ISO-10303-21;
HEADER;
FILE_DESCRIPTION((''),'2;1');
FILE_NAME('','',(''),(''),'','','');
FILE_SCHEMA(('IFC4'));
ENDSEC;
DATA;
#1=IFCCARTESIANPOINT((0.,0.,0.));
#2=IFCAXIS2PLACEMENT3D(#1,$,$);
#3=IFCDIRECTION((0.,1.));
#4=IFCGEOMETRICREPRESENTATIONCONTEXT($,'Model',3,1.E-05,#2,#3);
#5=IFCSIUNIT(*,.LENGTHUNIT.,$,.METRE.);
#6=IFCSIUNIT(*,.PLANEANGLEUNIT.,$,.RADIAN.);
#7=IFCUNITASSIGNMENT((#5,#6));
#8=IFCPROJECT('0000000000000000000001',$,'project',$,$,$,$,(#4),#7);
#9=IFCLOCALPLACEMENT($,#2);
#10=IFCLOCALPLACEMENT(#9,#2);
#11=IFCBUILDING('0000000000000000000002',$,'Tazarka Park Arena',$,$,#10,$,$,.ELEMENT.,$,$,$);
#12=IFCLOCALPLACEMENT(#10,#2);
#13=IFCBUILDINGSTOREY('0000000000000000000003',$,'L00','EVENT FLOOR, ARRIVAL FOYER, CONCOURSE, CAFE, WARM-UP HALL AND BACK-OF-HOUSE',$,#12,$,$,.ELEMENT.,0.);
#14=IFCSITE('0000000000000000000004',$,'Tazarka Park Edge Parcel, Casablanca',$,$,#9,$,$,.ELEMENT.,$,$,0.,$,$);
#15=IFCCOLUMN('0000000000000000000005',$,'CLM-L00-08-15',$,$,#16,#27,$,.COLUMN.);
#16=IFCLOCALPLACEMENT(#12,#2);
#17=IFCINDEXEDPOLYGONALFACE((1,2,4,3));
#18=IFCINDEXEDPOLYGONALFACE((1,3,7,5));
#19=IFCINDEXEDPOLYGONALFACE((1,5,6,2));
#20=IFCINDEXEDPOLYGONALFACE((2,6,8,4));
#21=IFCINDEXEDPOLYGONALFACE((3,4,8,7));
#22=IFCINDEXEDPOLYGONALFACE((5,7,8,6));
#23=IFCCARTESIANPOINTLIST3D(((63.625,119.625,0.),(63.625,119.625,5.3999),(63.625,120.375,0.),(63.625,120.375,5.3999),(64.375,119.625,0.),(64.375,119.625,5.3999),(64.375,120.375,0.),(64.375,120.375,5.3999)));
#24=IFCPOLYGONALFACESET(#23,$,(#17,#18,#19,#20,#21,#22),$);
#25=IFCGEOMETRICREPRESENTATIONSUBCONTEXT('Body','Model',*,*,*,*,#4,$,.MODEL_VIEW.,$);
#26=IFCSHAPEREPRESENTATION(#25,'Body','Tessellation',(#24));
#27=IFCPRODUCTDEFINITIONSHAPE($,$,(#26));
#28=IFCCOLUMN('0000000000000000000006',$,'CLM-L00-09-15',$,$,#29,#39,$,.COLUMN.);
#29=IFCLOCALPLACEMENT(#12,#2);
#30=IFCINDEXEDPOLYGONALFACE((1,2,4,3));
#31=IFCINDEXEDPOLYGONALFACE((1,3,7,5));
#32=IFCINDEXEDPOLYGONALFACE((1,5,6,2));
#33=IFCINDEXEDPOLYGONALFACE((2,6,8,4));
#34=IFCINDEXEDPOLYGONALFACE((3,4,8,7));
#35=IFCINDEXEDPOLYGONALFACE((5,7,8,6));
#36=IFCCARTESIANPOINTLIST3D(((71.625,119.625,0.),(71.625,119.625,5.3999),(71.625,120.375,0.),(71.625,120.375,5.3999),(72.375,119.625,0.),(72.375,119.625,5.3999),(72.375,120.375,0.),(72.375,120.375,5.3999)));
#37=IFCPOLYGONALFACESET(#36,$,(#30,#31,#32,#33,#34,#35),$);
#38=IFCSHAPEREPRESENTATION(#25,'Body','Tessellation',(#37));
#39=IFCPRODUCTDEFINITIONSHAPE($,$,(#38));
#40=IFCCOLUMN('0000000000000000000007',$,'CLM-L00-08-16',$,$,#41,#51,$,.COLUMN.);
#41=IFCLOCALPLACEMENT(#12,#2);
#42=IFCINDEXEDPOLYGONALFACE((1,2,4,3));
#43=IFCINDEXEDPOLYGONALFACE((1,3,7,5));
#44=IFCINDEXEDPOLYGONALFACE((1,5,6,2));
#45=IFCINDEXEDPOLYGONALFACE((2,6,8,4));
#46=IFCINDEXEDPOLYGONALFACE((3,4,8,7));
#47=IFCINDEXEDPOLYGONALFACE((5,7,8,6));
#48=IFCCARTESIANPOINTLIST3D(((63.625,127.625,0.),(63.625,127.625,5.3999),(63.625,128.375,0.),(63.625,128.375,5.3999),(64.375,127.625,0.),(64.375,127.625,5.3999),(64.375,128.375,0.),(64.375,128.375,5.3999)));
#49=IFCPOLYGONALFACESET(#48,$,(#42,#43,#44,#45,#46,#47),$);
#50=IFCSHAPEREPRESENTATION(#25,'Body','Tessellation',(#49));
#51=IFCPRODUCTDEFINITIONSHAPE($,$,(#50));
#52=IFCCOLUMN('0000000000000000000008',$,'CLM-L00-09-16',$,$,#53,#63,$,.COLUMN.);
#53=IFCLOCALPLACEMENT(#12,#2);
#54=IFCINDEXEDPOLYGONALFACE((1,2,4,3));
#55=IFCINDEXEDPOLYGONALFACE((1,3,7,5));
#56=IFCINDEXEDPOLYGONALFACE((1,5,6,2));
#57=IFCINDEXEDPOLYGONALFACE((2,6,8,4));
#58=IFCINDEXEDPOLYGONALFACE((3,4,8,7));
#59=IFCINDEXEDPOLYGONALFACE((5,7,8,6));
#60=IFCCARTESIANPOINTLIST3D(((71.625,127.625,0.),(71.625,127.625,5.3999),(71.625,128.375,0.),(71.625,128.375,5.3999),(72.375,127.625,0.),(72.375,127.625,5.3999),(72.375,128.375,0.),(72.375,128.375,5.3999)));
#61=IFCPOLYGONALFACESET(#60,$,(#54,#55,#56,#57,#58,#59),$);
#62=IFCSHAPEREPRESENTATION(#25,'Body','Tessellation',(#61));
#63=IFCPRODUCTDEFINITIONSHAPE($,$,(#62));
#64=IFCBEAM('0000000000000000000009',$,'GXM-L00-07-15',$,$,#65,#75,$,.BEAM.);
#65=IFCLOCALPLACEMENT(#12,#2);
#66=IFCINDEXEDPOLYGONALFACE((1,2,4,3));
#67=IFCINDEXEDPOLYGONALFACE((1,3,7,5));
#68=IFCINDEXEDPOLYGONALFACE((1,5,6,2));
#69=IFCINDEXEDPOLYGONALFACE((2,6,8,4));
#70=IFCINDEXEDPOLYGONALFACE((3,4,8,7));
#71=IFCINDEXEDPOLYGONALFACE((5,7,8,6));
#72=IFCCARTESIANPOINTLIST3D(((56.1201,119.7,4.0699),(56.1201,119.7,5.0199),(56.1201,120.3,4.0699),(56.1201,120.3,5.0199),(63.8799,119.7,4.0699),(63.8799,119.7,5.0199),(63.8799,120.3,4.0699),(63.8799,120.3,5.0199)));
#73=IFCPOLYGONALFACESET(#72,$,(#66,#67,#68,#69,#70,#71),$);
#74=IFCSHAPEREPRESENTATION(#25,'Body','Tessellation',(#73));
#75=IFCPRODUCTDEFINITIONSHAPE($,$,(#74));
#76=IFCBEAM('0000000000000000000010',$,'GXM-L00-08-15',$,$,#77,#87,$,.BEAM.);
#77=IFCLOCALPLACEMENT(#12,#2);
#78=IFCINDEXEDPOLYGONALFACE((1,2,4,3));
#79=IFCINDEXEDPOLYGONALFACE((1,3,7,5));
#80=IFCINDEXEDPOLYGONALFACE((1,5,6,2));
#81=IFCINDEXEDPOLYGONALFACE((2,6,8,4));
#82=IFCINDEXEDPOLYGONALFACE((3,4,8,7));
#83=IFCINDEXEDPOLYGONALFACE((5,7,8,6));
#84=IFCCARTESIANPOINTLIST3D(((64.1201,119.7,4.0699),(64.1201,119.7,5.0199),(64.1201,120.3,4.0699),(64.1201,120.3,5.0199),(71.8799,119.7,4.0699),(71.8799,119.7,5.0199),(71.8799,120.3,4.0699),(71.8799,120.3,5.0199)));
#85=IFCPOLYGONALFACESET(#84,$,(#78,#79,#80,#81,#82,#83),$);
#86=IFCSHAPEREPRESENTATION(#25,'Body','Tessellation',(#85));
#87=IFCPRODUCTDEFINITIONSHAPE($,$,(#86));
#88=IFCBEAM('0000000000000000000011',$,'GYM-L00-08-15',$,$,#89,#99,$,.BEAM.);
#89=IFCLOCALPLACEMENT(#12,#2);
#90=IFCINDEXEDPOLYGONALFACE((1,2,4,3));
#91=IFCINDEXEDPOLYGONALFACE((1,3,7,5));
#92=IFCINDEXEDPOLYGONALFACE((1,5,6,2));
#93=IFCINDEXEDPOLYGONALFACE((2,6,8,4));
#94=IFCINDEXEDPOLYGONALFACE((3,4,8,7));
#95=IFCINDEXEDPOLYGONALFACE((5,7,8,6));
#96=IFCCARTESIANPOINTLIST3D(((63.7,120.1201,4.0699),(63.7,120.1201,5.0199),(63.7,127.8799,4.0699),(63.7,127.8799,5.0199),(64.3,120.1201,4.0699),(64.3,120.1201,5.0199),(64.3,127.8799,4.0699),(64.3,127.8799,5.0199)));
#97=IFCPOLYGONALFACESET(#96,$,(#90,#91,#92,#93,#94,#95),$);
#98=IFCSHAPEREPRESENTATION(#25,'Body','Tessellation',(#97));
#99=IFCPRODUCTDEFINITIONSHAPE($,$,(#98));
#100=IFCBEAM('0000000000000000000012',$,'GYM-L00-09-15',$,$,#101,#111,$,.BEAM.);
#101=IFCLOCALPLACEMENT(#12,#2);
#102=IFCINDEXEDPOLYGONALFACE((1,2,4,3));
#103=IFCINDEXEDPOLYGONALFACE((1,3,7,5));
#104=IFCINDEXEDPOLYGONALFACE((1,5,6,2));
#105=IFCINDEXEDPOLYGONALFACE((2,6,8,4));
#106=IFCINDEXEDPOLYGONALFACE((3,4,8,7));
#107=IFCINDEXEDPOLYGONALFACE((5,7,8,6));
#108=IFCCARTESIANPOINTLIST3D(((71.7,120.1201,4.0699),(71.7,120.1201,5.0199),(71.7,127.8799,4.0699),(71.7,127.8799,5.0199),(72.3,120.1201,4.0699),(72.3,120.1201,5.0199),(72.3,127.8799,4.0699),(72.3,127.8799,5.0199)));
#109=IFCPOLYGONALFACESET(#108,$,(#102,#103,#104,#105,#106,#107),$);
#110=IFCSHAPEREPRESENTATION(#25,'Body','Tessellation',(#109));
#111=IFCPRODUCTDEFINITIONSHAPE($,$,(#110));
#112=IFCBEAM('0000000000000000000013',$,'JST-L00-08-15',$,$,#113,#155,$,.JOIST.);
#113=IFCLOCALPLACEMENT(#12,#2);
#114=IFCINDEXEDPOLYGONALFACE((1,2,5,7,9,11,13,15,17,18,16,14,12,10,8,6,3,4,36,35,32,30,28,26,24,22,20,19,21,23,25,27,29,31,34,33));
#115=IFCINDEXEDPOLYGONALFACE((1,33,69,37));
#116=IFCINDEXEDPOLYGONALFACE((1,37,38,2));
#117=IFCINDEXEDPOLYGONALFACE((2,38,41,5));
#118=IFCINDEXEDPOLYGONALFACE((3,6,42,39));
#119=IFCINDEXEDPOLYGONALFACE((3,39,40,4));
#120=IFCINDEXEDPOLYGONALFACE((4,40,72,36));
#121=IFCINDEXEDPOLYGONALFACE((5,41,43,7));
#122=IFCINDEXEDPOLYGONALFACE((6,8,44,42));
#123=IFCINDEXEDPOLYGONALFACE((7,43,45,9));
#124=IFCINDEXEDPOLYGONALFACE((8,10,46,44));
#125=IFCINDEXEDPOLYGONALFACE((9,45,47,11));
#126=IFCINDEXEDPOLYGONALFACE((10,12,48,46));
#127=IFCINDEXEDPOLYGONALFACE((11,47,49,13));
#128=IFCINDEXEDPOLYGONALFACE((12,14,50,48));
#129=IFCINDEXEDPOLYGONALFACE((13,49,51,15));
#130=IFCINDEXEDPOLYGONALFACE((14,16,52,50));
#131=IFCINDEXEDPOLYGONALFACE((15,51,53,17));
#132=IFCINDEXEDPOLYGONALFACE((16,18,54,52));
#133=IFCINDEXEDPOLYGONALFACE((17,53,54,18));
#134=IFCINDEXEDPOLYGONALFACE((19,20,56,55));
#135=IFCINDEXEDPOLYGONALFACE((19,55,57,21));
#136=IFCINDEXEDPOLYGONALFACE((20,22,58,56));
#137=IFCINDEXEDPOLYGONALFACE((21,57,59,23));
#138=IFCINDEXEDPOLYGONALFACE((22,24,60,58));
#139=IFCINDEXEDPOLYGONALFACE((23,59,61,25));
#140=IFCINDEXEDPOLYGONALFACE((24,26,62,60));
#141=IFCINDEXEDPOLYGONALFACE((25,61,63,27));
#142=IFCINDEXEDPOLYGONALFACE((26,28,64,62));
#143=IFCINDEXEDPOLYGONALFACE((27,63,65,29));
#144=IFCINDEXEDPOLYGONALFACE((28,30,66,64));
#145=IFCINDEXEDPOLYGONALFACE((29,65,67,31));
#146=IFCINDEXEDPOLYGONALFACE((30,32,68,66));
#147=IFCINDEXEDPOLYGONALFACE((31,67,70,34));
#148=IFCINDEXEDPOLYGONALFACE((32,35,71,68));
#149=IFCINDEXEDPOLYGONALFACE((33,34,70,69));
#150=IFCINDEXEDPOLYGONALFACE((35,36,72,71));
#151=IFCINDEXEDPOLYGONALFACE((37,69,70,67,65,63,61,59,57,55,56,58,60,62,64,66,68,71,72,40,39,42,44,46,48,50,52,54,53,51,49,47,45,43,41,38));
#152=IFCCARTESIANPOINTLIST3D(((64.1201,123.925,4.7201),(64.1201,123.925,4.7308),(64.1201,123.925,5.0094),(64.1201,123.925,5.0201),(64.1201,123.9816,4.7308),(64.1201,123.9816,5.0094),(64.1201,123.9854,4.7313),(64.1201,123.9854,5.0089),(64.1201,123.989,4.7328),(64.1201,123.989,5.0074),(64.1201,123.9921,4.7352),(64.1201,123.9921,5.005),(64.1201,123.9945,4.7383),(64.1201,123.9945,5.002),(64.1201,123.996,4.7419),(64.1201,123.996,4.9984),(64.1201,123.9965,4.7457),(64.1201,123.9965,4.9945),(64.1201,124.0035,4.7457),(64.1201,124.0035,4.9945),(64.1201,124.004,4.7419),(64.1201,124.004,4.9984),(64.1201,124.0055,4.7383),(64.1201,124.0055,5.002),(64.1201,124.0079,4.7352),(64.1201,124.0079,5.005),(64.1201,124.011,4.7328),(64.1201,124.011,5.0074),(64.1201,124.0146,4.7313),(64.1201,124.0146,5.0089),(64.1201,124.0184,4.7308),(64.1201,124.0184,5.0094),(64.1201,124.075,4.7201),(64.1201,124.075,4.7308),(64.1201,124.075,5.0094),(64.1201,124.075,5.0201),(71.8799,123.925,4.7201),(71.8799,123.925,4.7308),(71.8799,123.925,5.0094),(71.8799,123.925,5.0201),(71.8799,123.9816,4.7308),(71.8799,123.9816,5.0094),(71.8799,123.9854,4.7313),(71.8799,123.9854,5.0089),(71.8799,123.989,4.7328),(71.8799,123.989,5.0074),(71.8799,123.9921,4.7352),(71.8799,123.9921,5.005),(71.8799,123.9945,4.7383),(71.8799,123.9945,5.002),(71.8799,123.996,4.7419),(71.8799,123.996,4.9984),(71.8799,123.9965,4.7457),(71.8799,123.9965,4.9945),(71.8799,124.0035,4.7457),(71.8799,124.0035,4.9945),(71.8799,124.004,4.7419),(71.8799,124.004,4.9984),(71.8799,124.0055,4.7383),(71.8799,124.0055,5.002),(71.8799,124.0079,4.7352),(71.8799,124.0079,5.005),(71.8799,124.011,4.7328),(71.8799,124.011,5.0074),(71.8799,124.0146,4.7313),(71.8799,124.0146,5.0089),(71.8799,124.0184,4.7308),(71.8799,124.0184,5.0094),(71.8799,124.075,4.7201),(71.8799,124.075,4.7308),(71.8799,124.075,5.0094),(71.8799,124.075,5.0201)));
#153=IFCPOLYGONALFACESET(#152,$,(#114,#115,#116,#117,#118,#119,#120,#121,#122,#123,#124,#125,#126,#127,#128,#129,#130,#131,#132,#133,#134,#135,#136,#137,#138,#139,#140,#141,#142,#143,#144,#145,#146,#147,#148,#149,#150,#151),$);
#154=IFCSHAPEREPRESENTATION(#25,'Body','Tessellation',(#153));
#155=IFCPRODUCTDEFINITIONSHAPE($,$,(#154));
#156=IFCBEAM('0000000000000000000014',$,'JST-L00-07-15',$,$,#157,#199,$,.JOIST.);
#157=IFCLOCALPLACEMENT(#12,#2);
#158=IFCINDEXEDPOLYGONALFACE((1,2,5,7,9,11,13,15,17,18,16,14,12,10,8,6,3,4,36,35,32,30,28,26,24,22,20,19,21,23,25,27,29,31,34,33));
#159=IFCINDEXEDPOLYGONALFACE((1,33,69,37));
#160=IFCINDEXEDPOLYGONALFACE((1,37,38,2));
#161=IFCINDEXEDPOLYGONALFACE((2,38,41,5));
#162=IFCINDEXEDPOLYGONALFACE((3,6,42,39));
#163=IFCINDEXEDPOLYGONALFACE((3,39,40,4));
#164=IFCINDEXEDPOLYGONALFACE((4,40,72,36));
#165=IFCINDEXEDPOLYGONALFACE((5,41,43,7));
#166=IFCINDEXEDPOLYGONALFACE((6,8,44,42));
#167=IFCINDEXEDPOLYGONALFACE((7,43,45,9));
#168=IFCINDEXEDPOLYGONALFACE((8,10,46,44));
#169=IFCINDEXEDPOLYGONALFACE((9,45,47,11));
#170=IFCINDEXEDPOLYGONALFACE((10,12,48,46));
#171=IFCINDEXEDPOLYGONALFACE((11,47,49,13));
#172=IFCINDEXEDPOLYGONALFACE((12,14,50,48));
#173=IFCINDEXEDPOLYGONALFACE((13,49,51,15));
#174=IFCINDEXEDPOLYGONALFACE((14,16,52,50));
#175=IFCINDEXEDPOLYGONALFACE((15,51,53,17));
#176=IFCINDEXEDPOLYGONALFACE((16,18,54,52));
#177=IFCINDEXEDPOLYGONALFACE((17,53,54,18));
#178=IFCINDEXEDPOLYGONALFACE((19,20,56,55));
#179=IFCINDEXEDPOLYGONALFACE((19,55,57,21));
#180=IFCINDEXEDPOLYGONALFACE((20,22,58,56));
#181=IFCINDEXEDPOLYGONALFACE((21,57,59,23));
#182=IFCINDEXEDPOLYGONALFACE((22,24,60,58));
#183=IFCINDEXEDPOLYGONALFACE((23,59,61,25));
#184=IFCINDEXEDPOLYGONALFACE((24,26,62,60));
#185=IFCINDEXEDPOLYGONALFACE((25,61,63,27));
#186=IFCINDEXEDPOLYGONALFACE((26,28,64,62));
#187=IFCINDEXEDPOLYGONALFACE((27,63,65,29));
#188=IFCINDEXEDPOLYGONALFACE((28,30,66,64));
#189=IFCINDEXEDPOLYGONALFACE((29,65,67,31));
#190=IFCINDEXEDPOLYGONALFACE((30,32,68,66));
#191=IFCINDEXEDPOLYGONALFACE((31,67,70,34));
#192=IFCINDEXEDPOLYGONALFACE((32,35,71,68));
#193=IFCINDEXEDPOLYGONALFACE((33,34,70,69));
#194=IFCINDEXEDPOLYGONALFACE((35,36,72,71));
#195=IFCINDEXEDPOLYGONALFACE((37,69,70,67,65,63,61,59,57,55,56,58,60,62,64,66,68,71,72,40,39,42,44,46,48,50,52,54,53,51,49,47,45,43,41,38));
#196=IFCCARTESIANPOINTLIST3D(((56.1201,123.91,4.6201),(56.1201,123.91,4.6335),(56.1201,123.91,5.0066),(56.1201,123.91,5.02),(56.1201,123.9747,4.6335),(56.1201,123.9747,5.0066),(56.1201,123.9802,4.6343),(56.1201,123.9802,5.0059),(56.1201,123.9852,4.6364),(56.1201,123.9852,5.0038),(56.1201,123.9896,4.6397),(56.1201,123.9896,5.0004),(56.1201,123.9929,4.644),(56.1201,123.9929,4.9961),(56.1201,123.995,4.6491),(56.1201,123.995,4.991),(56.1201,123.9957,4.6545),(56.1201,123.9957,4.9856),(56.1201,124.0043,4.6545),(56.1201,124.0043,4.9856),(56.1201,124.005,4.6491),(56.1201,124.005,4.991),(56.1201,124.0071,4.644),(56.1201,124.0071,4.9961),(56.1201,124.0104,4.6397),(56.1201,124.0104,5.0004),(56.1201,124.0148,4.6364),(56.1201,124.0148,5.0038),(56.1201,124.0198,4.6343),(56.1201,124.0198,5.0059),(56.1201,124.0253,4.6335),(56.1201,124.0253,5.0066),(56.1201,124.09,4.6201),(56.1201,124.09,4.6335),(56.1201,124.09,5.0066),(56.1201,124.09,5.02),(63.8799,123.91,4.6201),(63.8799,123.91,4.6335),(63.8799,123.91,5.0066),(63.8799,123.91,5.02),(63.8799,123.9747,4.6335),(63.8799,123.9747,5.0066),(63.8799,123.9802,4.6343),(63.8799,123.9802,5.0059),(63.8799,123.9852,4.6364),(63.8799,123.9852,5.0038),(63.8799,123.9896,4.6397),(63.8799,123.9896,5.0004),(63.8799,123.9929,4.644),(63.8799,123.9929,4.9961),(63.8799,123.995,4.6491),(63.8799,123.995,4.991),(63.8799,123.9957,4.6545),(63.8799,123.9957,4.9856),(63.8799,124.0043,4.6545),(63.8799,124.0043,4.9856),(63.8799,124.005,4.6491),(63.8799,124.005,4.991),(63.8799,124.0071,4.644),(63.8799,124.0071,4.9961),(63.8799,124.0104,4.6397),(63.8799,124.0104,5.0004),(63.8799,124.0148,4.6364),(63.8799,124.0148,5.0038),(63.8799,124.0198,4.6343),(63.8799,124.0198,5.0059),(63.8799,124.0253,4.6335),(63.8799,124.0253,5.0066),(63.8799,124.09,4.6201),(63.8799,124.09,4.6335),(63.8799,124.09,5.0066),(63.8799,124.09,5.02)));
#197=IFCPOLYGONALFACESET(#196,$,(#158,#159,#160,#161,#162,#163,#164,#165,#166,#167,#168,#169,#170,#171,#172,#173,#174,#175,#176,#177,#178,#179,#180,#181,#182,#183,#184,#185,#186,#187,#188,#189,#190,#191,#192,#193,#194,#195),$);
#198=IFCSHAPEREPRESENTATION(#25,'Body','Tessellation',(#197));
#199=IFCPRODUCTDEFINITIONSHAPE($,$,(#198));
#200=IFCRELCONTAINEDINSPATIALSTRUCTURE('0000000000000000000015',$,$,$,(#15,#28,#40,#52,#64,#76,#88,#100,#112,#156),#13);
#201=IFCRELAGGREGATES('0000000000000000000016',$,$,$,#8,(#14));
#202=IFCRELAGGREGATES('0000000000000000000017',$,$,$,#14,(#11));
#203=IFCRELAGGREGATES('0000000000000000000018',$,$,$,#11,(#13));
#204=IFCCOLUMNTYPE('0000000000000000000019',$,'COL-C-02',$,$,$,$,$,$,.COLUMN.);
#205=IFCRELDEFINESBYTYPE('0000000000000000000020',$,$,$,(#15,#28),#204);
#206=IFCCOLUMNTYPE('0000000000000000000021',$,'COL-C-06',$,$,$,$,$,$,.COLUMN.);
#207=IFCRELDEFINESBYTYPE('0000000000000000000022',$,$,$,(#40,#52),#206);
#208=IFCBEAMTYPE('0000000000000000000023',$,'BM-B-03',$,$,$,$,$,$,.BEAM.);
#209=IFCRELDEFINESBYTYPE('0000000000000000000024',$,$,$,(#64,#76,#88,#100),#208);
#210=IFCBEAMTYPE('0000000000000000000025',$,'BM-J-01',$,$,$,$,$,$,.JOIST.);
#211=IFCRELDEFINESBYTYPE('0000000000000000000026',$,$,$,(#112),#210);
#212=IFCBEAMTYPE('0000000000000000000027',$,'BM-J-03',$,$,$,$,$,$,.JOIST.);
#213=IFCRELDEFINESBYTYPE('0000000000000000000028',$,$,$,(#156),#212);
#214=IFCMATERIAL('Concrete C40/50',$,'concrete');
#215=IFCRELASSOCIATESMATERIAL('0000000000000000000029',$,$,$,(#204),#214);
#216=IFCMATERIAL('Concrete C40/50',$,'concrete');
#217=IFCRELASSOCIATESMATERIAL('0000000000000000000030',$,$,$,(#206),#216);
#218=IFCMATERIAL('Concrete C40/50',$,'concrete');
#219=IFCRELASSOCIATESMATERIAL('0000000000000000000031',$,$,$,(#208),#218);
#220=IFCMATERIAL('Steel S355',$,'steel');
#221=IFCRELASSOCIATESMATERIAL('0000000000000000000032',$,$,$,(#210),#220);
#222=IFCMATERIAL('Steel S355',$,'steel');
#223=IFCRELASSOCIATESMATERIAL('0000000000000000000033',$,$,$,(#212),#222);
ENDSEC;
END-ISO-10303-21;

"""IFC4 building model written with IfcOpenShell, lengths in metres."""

from ifc_helpers import new_model, si_unit, direction, frame, origin, origin_2d, place, context, subcontext, project, spatial, rectangle, i_section, extrude, material, material_profile, profile_set, type_object, element, save


model = new_model("IFC4")

# Units and contexts
model_context = context("Model", 3, precision=1e-05, world=origin(), true_north=direction((0.0, 1.0)))
body_context = subcontext(model_context, "Body", "Model", "MODEL_VIEW")
ifc_project = project(units=[si_unit("LENGTHUNIT", "METRE"), si_unit("PLANEANGLEUNIT", "RADIAN")], contexts=[model_context])

# Site, building, storey
site_placement = place(None, origin())
site = spatial("IfcSite", under=ifc_project, at=site_placement, Name="Tazarka Park Edge Parcel, Casablanca", CompositionType="ELEMENT", RefElevation=0.0)
building_placement = place(site_placement, origin())
building = spatial("IfcBuilding", under=site, at=building_placement, Name="Tazarka Park Arena", CompositionType="ELEMENT")
storey_placement = place(building_placement, origin())
storey = spatial("IfcBuildingStorey", under=building, at=storey_placement, Name="L00", Description="EVENT FLOOR, ARRIVAL FOYER, CONCOURSE, CAFE, WARM-UP HALL AND BACK-OF-HOUSE", CompositionType="ELEMENT", Elevation=0.0)

# Columns
ifc_material_1 = material(Name="Concrete C40/50", Category="concrete")
ifc_material_profile_1 = material_profile(ifc_material_1, rectangle(XDim=0.75, YDim=0.75, at=origin_2d()), Name="Concrete C40/50")
ifc_profile_set_1 = profile_set([ifc_material_profile_1], Name="Concrete C40/50")
column_type_1 = type_object("IfcColumnType", Name="COL-C-02", PredefinedType="COLUMN", material=ifc_profile_set_1)
for number, where, z_axis, x_axis, name in (
    (1, (64.0, 120.0, 0.0), (0.0, 0.0, 1.0), (1.0, 0.0, 0.0), "CLM-L00-08-15"),
    (2, (72.0, 120.0, 0.0), (0.0, 0.0, 1.0), (1.0, 0.0, 0.0), "CLM-L00-09-15"),
):
    element("IfcColumn", number, at=place(storey_placement, frame(where, z_axis=z_axis, x_axis=x_axis)), inside=storey, type_object=column_type_1, Name=name, PredefinedType="COLUMN", context=body_context, shape_type="SweptSolid", body=[
        extrude(rectangle(XDim=0.75, YDim=0.75, at=origin_2d()), origin(), (0.0, 0.0, 1.0), 5.3999),
    ])
ifc_material_2 = material(Name="Concrete C40/50", Category="concrete")
ifc_material_profile_2 = material_profile(ifc_material_2, rectangle(XDim=0.75, YDim=0.75, at=origin_2d()), Name="Concrete C40/50")
ifc_profile_set_2 = profile_set([ifc_material_profile_2], Name="Concrete C40/50")
column_type_2 = type_object("IfcColumnType", Name="COL-C-06", PredefinedType="COLUMN", material=ifc_profile_set_2)
for number, where, z_axis, x_axis, name in (
    (3, (64.0, 128.0, 0.0), (0.0, 0.0, 1.0), (1.0, 0.0, 0.0), "CLM-L00-08-16"),
    (4, (72.0, 128.0, 0.0), (0.0, 0.0, 1.0), (1.0, 0.0, 0.0), "CLM-L00-09-16"),
):
    element("IfcColumn", number, at=place(storey_placement, frame(where, z_axis=z_axis, x_axis=x_axis)), inside=storey, type_object=column_type_2, Name=name, PredefinedType="COLUMN", context=body_context, shape_type="SweptSolid", body=[
        extrude(rectangle(XDim=0.75, YDim=0.75, at=origin_2d()), origin(), (0.0, 0.0, 1.0), 5.3999),
    ])

# Beams
ifc_material_3 = material(Name="Concrete C40/50", Category="concrete")
ifc_material_profile_3 = material_profile(ifc_material_3, rectangle(XDim=0.6001, YDim=0.95, at=origin_2d()), Name="Concrete C40/50")
ifc_profile_set_3 = profile_set([ifc_material_profile_3], Name="Concrete C40/50")
beam_type_1 = type_object("IfcBeamType", Name="BM-B-03", PredefinedType="BEAM", material=ifc_profile_set_3)
for number, where, z_axis, x_axis, name in (
    (5, (56.1201, 120.0, 4.5449), (1.0, 0.0, 0.0), (0.0, 1.0, 0.0), "GXM-L00-07-15"),
    (6, (64.1201, 120.0, 4.5449), (1.0, 0.0, 0.0), (0.0, 1.0, 0.0), "GXM-L00-08-15"),
    (7, (64.0, 120.1201, 4.5449), (0.0, 1.0, 0.0), (-1.0, 0.0, 0.0), "GYM-L00-08-15"),
    (8, (72.0, 120.1201, 4.5449), (0.0, 1.0, 0.0), (-1.0, 0.0, 0.0), "GYM-L00-09-15"),
):
    element("IfcBeam", number, at=place(storey_placement, frame(where, z_axis=z_axis, x_axis=x_axis)), inside=storey, type_object=beam_type_1, Name=name, PredefinedType="BEAM", context=body_context, shape_type="SweptSolid", body=[
        extrude(rectangle(XDim=0.6001, YDim=0.95, at=origin_2d()), origin(), (0.0, 0.0, 1.0), 7.7598),
    ])
ifc_material_4 = material(Name="Steel S355", Category="steel")
ifc_material_profile_4 = material_profile(ifc_material_4, i_section(OverallWidth=0.1499, OverallDepth=0.3, WebThickness=0.0071, FlangeThickness=0.0107, FilletRadius=0.0149, at=origin_2d()), Name="Steel S355")
ifc_profile_set_4 = profile_set([ifc_material_profile_4], Name="Steel S355")
beam_type_2 = type_object("IfcBeamType", Name="BM-J-01", PredefinedType="JOIST", material=ifc_profile_set_4)
beam_1_placement = place(storey_placement, frame((64.1201, 124.0, 4.8701), z_axis=(1.0, 0.0, 0.0), x_axis=(0.0, 1.0, 0.0)))
element("IfcBeam", 9, at=beam_1_placement, inside=storey, type_object=beam_type_2, Name="JST-L00-08-15", PredefinedType="JOIST", context=body_context, shape_type="SweptSolid", body=[
    extrude(i_section(OverallWidth=0.1499, OverallDepth=0.3, WebThickness=0.0071, FlangeThickness=0.0107, FilletRadius=0.0149, at=origin_2d()), origin(), (0.0, 0.0, 1.0), 7.7598),
])
ifc_material_5 = material(Name="Steel S355", Category="steel")
ifc_material_profile_5 = material_profile(ifc_material_5, i_section(OverallWidth=0.1799, OverallDepth=0.3999, WebThickness=0.0085, FlangeThickness=0.0134, FilletRadius=0.021, at=origin_2d()), Name="Steel S355")
ifc_profile_set_5 = profile_set([ifc_material_profile_5], Name="Steel S355")
beam_type_3 = type_object("IfcBeamType", Name="BM-J-03", PredefinedType="JOIST", material=ifc_profile_set_5)
beam_2_placement = place(storey_placement, frame((56.1201, 124.0, 4.8201), z_axis=(1.0, 0.0, 0.0), x_axis=(0.0, 1.0, 0.0)))
element("IfcBeam", 10, at=beam_2_placement, inside=storey, type_object=beam_type_3, Name="JST-L00-07-15", PredefinedType="JOIST", context=body_context, shape_type="SweptSolid", body=[
    extrude(i_section(OverallWidth=0.1799, OverallDepth=0.3999, WebThickness=0.0085, FlangeThickness=0.0134, FilletRadius=0.021, at=origin_2d()), origin(), (0.0, 0.0, 1.0), 7.7598),
])

save(model, "model.ifc")
